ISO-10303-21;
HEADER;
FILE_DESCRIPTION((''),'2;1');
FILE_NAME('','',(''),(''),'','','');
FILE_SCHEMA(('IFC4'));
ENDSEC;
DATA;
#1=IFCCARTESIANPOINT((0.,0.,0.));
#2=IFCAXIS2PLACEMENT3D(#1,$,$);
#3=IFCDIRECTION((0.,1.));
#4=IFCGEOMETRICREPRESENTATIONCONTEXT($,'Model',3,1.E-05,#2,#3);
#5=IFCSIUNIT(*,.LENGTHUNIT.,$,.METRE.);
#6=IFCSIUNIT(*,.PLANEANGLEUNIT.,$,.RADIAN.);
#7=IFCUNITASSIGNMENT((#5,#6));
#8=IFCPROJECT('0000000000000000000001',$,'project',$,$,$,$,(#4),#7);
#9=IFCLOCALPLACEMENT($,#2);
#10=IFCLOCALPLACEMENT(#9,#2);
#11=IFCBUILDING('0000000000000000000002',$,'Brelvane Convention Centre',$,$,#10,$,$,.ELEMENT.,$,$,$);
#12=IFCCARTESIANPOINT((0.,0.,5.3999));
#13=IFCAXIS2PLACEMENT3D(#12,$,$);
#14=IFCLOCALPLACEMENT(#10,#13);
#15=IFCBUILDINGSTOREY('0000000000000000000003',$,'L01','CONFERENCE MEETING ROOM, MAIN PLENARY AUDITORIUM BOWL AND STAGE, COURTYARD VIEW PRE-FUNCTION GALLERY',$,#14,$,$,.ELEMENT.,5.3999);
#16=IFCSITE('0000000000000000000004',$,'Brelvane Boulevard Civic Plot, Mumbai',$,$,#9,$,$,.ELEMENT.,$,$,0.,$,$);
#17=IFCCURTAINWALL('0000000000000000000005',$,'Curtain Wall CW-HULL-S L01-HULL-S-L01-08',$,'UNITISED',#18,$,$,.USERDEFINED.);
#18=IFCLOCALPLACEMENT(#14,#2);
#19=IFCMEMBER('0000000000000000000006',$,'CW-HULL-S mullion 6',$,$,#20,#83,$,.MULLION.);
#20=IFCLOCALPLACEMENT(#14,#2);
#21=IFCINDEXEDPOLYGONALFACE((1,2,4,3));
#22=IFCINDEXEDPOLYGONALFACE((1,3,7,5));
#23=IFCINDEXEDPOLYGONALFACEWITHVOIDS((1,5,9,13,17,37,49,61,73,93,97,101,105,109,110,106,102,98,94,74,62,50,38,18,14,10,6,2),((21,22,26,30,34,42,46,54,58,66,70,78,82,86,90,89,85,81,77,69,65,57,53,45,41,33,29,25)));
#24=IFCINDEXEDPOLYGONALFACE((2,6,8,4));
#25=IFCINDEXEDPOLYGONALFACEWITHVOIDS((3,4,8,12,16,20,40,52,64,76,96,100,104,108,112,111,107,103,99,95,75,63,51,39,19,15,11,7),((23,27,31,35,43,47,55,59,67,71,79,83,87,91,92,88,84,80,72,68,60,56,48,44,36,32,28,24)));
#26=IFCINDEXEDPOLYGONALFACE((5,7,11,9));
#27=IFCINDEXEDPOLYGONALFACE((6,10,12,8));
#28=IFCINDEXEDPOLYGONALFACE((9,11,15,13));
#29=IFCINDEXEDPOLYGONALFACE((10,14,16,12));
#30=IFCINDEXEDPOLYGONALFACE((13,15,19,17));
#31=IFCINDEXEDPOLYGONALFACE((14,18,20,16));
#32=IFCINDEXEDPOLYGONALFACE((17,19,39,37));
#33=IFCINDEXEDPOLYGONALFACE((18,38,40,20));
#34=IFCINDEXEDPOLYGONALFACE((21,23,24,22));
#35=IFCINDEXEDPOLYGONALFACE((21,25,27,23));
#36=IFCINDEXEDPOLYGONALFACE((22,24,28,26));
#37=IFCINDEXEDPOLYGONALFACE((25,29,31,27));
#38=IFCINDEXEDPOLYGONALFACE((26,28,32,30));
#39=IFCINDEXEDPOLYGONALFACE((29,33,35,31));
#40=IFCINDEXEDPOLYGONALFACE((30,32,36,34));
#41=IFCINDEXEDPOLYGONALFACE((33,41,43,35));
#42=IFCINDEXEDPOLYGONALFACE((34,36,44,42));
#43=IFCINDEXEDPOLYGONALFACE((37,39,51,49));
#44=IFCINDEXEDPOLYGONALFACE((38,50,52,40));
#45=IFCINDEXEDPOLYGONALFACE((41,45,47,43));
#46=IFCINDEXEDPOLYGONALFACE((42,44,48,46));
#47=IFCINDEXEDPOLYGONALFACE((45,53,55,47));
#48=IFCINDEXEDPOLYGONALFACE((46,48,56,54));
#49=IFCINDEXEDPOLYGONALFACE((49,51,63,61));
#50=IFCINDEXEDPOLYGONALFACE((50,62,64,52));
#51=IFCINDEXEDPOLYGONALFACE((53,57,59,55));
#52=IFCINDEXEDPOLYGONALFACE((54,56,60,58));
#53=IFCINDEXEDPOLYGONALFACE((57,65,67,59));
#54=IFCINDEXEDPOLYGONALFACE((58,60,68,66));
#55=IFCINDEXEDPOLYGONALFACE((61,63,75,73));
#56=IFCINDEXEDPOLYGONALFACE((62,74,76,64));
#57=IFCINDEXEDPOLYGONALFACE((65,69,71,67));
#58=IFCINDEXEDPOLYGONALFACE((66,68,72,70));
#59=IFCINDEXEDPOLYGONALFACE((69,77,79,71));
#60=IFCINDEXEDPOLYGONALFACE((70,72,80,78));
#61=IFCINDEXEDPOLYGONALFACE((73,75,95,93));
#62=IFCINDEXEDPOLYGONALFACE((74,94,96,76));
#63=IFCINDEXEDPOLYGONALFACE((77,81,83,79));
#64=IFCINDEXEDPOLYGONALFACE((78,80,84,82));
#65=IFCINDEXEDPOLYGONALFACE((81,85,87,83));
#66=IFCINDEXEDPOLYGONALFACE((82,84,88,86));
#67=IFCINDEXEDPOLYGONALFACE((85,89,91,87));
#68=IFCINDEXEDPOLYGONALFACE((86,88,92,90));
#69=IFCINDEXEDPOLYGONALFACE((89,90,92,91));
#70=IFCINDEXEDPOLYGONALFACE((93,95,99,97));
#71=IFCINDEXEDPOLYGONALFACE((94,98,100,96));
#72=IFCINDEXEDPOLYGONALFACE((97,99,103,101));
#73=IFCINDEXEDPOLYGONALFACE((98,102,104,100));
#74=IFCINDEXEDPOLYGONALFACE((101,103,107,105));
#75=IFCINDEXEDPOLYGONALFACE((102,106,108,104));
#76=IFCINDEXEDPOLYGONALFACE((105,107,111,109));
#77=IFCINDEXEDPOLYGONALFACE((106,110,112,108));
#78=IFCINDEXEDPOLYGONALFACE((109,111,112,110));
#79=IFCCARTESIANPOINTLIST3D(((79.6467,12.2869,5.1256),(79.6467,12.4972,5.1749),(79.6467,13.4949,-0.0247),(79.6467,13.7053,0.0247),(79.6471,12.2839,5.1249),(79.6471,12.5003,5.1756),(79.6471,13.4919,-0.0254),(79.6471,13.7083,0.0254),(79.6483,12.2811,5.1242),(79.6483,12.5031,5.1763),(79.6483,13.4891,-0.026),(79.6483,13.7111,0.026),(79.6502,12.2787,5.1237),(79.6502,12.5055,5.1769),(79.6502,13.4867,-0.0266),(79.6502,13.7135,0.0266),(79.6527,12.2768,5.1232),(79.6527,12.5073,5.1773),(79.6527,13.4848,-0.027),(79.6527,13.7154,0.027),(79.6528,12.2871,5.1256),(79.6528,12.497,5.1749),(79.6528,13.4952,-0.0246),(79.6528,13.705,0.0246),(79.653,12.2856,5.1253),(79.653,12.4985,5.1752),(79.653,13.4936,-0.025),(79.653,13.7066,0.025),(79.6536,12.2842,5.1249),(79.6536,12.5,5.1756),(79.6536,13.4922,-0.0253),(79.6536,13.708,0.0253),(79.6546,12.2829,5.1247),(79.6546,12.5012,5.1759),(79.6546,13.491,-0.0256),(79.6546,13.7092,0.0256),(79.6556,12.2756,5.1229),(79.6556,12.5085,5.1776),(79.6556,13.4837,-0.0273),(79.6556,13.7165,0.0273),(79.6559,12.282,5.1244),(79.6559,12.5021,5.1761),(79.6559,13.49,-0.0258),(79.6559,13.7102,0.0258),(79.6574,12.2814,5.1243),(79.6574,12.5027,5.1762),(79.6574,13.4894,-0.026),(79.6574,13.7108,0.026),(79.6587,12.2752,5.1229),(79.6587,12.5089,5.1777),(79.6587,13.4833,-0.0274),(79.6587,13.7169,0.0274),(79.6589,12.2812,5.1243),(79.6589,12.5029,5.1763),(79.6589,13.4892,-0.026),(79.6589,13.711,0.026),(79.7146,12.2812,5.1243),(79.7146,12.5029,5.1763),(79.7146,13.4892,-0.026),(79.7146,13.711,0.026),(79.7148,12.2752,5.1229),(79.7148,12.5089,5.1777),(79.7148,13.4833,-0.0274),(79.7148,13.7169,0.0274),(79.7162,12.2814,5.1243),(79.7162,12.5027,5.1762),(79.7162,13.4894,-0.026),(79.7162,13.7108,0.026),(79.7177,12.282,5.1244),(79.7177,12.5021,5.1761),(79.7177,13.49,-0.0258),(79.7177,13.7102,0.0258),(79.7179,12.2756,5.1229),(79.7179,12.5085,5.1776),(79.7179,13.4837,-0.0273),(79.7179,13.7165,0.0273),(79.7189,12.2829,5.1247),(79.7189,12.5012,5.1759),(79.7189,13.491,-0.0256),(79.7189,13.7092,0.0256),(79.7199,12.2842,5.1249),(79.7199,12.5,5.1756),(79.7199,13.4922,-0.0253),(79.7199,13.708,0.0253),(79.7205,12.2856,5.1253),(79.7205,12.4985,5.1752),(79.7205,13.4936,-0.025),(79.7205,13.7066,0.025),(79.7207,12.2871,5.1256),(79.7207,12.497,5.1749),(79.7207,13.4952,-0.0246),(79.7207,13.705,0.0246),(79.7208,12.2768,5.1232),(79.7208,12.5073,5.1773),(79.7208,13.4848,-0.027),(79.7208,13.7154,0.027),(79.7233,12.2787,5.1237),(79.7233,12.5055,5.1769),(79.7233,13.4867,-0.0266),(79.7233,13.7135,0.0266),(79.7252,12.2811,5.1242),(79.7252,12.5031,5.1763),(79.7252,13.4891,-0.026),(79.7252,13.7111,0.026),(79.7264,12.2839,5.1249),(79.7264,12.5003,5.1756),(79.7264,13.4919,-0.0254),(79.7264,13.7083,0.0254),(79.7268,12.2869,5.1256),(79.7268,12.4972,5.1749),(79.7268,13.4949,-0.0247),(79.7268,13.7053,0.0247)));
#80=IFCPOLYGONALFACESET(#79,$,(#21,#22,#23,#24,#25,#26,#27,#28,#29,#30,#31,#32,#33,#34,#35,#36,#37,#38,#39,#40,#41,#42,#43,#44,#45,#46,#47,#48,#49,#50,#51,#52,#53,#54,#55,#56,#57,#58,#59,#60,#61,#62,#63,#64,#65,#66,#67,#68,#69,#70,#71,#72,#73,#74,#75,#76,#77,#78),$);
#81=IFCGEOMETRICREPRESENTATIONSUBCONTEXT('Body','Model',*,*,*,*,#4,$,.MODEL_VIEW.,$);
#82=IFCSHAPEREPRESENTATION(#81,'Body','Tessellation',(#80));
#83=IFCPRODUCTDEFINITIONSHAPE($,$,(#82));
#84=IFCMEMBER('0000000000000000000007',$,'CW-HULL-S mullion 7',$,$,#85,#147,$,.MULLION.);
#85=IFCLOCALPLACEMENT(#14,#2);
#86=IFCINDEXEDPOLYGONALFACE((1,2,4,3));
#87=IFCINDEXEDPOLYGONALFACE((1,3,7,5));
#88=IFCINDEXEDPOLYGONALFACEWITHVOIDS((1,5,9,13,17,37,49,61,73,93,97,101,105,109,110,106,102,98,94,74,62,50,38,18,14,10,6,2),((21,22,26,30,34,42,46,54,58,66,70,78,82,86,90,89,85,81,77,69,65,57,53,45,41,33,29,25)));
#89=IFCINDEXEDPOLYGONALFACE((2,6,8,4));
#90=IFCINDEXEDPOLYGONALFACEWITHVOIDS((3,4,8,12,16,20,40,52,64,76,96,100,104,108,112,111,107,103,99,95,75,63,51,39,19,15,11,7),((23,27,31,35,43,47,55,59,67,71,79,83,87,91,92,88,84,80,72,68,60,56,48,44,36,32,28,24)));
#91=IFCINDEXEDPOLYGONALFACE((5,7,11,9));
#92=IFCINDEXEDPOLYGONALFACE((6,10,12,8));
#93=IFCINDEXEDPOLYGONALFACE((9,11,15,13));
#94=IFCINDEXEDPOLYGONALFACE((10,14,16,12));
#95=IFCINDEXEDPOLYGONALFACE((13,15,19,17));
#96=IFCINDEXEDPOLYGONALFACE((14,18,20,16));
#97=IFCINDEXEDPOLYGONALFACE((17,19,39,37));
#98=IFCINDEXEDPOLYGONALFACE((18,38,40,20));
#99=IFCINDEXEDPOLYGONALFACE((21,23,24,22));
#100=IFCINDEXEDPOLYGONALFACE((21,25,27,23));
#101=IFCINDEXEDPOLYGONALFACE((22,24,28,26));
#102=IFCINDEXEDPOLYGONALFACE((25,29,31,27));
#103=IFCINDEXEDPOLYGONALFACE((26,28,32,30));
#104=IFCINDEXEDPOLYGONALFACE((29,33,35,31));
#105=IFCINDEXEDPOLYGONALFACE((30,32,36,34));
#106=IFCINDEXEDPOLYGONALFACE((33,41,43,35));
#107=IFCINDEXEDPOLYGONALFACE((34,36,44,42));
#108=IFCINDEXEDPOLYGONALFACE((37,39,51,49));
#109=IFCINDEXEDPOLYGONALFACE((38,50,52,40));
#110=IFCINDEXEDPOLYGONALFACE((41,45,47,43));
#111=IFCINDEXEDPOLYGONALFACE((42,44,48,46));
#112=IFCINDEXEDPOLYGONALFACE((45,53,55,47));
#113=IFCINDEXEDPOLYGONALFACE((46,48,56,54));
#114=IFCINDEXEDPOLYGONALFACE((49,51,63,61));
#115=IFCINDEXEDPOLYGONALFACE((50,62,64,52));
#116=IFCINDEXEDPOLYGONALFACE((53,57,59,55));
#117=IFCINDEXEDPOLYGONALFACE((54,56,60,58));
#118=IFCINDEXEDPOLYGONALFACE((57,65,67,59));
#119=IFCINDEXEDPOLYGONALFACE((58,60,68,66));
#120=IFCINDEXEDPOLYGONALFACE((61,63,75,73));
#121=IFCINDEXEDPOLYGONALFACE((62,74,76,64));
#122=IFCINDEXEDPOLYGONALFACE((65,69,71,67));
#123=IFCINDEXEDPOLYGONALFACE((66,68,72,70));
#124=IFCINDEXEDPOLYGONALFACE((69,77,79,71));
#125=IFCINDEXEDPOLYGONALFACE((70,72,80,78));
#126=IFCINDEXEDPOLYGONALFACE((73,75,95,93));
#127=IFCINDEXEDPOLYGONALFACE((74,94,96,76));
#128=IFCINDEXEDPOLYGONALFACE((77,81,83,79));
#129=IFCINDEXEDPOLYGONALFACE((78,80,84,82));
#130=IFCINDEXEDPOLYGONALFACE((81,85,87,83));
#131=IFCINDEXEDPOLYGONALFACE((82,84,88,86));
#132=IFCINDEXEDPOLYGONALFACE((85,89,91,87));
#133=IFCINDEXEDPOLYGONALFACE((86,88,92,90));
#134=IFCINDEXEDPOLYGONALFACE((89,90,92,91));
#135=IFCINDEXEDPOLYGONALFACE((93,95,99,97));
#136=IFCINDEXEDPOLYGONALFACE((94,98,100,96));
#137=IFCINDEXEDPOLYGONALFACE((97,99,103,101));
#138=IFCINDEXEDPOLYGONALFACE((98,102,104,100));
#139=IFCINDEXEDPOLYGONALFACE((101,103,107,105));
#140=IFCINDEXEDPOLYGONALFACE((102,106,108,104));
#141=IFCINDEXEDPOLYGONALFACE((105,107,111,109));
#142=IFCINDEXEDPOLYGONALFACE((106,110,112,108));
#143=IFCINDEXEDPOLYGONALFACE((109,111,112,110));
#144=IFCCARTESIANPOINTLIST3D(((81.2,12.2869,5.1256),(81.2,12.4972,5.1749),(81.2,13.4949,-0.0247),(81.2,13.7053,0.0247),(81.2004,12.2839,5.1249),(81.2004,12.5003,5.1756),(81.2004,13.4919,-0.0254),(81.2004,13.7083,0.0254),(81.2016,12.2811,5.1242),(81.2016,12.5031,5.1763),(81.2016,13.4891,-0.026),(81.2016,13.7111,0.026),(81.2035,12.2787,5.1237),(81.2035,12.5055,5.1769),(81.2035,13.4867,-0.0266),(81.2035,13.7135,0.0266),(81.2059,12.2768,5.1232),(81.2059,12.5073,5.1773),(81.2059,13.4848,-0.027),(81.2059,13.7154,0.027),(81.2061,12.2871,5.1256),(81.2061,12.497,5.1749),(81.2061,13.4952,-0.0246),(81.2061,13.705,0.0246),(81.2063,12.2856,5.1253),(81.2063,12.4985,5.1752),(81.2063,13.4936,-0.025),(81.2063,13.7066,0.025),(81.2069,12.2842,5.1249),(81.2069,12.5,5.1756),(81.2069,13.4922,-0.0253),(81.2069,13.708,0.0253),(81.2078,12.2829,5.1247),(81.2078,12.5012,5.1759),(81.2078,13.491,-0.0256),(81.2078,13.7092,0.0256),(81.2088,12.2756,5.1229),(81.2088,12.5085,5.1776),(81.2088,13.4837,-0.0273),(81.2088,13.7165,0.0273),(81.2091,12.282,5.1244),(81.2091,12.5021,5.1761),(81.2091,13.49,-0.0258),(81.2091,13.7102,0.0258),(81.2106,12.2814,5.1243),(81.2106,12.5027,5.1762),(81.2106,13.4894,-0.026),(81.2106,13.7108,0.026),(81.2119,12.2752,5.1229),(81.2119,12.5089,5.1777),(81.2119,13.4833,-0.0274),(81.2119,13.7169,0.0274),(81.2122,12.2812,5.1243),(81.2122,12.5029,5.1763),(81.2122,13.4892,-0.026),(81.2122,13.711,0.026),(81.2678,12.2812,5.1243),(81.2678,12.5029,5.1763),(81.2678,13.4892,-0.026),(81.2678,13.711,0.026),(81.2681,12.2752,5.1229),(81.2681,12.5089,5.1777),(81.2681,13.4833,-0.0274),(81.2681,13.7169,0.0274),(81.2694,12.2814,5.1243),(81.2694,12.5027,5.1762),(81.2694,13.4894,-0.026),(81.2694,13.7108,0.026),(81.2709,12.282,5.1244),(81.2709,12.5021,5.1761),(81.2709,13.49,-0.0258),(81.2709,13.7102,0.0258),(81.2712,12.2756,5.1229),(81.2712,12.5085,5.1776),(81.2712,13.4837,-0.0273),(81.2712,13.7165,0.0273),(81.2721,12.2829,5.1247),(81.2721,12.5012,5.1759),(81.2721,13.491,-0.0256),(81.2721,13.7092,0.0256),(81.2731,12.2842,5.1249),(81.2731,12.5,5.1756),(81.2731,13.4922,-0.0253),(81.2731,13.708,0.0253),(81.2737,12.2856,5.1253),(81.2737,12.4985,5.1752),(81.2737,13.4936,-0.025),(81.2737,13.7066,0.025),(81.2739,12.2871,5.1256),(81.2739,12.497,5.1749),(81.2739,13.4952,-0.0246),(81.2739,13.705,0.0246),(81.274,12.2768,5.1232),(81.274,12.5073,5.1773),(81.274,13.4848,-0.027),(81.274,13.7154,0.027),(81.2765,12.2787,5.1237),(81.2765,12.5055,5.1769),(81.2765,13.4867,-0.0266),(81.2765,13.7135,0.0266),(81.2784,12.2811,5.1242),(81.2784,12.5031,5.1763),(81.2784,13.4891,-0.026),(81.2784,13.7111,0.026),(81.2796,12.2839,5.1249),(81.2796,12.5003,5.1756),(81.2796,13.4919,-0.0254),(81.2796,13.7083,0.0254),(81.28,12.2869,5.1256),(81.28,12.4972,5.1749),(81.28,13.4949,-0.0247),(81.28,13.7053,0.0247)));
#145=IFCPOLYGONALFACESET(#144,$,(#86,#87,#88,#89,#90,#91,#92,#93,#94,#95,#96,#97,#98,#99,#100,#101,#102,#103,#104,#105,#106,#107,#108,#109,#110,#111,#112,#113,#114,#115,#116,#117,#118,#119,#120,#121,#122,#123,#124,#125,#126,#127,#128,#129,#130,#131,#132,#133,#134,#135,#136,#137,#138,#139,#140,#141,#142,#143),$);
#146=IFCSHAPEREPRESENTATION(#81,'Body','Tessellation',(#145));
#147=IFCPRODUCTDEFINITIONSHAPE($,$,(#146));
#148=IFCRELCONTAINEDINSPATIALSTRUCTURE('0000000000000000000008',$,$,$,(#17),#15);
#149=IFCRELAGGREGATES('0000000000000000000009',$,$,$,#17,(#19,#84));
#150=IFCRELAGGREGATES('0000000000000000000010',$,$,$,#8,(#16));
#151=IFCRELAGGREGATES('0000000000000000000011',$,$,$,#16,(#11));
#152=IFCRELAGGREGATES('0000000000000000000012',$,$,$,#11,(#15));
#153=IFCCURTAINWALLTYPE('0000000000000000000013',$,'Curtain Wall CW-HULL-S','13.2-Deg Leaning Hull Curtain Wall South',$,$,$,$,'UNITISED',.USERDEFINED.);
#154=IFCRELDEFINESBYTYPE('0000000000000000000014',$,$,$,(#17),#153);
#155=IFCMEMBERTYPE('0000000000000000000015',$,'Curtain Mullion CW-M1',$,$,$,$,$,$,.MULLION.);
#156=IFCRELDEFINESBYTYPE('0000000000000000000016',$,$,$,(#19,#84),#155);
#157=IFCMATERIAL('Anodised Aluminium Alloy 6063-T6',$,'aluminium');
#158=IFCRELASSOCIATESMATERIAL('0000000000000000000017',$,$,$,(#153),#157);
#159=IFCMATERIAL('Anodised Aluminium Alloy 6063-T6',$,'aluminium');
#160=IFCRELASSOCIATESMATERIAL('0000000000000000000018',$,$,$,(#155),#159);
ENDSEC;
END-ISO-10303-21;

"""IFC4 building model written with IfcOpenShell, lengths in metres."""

from ifc_helpers import new_model, si_unit, direction, frame, origin, origin_2d, place, context, subcontext, project, spatial, hollow_rectangle, extrude, material, material_profile, profile_set, type_object, element, aggregate, save


model = new_model("IFC4")

# Units and contexts
model_context = context("Model", 3, precision=1e-05, world=origin(), true_north=direction((0.0, 1.0)))
body_context = subcontext(model_context, "Body", "Model", "MODEL_VIEW")
ifc_project = project(units=[si_unit("LENGTHUNIT", "METRE"), si_unit("PLANEANGLEUNIT", "RADIAN")], contexts=[model_context])

# Site, building, storey
site_placement = place(None, origin())
site = spatial("IfcSite", under=ifc_project, at=site_placement, Name="Brelvane Boulevard Civic Plot, Mumbai", CompositionType="ELEMENT", RefElevation=0.0)
building_placement = place(site_placement, origin())
building = spatial("IfcBuilding", under=site, at=building_placement, Name="Brelvane Convention Centre", CompositionType="ELEMENT")
storey_placement = place(building_placement, frame((0.0, 0.0, 5.3999)))
storey = spatial("IfcBuildingStorey", under=building, at=storey_placement, Name="L01", Description="CONFERENCE MEETING ROOM, MAIN PLENARY AUDITORIUM BOWL AND STAGE, COURTYARD VIEW PRE-FUNCTION GALLERY", CompositionType="ELEMENT", Elevation=5.3999)

# Curtain wall, members
ifc_material_1 = material(Name="Anodised Aluminium Alloy 6063-T6", Category="aluminium")
curtain_wall_type = type_object("IfcCurtainWallType", Name="Curtain Wall CW-HULL-S", Description="13.2-Deg Leaning Hull Curtain Wall South", ElementType="UNITISED", PredefinedType="USERDEFINED", material=ifc_material_1)
curtain_wall_1_placement = place(storey_placement, origin())
curtain_wall_1 = element("IfcCurtainWall", 1, at=curtain_wall_1_placement, inside=storey, type_object=curtain_wall_type, Name="Curtain Wall CW-HULL-S L01-HULL-S-L01-08", ObjectType="UNITISED", PredefinedType="USERDEFINED")
ifc_material_2 = material(Name="Anodised Aluminium Alloy 6063-T6", Category="aluminium")
ifc_material_profile_1 = material_profile(ifc_material_2, hollow_rectangle(XDim=0.0801, YDim=0.24, WallThickness=0.0061, InnerFilletRadius=0.0061, OuterFilletRadius=0.012, at=origin_2d()), Name="ALU-M 240x80x6.0")
ifc_profile_set_1 = profile_set([ifc_material_profile_1], Name="Anodised Aluminium Alloy 6063-T6")
member_type_1 = type_object("IfcMemberType", Name="Curtain Mullion CW-M1", PredefinedType="MULLION", material=ifc_profile_set_1)
member_1_placement = place(storey_placement, frame((79.6868, 13.6001, 0.0), z_axis=(0.0, -0.22836, 0.973577), x_axis=(1.0, 0.0, 0.0)))
member_1 = element("IfcMember", 2, at=member_1_placement, type_object=member_type_1, Name="CW-HULL-S mullion 6", PredefinedType="MULLION", context=body_context, shape_type="SweptSolid", body=[
    extrude(hollow_rectangle(XDim=0.0801, YDim=0.24, WallThickness=0.0061, InnerFilletRadius=0.0061, OuterFilletRadius=0.012, at=origin_2d()), origin(), (0.0, 0.0, 1.0), 5.29),
])
member_2_placement = place(storey_placement, frame((81.24, 13.6001, 0.0), z_axis=(0.0, -0.22836, 0.973577), x_axis=(1.0, 0.0, 0.0)))
member_2 = element("IfcMember", 3, at=member_2_placement, type_object=member_type_1, Name="CW-HULL-S mullion 7", PredefinedType="MULLION", context=body_context, shape_type="SweptSolid", body=[
    extrude(hollow_rectangle(XDim=0.0801, YDim=0.24, WallThickness=0.0061, InnerFilletRadius=0.0061, OuterFilletRadius=0.012, at=origin_2d()), origin(), (0.0, 0.0, 1.0), 5.29),
])

aggregate(curtain_wall_1, [member_1, member_2])

save(model, "model.ifc")
